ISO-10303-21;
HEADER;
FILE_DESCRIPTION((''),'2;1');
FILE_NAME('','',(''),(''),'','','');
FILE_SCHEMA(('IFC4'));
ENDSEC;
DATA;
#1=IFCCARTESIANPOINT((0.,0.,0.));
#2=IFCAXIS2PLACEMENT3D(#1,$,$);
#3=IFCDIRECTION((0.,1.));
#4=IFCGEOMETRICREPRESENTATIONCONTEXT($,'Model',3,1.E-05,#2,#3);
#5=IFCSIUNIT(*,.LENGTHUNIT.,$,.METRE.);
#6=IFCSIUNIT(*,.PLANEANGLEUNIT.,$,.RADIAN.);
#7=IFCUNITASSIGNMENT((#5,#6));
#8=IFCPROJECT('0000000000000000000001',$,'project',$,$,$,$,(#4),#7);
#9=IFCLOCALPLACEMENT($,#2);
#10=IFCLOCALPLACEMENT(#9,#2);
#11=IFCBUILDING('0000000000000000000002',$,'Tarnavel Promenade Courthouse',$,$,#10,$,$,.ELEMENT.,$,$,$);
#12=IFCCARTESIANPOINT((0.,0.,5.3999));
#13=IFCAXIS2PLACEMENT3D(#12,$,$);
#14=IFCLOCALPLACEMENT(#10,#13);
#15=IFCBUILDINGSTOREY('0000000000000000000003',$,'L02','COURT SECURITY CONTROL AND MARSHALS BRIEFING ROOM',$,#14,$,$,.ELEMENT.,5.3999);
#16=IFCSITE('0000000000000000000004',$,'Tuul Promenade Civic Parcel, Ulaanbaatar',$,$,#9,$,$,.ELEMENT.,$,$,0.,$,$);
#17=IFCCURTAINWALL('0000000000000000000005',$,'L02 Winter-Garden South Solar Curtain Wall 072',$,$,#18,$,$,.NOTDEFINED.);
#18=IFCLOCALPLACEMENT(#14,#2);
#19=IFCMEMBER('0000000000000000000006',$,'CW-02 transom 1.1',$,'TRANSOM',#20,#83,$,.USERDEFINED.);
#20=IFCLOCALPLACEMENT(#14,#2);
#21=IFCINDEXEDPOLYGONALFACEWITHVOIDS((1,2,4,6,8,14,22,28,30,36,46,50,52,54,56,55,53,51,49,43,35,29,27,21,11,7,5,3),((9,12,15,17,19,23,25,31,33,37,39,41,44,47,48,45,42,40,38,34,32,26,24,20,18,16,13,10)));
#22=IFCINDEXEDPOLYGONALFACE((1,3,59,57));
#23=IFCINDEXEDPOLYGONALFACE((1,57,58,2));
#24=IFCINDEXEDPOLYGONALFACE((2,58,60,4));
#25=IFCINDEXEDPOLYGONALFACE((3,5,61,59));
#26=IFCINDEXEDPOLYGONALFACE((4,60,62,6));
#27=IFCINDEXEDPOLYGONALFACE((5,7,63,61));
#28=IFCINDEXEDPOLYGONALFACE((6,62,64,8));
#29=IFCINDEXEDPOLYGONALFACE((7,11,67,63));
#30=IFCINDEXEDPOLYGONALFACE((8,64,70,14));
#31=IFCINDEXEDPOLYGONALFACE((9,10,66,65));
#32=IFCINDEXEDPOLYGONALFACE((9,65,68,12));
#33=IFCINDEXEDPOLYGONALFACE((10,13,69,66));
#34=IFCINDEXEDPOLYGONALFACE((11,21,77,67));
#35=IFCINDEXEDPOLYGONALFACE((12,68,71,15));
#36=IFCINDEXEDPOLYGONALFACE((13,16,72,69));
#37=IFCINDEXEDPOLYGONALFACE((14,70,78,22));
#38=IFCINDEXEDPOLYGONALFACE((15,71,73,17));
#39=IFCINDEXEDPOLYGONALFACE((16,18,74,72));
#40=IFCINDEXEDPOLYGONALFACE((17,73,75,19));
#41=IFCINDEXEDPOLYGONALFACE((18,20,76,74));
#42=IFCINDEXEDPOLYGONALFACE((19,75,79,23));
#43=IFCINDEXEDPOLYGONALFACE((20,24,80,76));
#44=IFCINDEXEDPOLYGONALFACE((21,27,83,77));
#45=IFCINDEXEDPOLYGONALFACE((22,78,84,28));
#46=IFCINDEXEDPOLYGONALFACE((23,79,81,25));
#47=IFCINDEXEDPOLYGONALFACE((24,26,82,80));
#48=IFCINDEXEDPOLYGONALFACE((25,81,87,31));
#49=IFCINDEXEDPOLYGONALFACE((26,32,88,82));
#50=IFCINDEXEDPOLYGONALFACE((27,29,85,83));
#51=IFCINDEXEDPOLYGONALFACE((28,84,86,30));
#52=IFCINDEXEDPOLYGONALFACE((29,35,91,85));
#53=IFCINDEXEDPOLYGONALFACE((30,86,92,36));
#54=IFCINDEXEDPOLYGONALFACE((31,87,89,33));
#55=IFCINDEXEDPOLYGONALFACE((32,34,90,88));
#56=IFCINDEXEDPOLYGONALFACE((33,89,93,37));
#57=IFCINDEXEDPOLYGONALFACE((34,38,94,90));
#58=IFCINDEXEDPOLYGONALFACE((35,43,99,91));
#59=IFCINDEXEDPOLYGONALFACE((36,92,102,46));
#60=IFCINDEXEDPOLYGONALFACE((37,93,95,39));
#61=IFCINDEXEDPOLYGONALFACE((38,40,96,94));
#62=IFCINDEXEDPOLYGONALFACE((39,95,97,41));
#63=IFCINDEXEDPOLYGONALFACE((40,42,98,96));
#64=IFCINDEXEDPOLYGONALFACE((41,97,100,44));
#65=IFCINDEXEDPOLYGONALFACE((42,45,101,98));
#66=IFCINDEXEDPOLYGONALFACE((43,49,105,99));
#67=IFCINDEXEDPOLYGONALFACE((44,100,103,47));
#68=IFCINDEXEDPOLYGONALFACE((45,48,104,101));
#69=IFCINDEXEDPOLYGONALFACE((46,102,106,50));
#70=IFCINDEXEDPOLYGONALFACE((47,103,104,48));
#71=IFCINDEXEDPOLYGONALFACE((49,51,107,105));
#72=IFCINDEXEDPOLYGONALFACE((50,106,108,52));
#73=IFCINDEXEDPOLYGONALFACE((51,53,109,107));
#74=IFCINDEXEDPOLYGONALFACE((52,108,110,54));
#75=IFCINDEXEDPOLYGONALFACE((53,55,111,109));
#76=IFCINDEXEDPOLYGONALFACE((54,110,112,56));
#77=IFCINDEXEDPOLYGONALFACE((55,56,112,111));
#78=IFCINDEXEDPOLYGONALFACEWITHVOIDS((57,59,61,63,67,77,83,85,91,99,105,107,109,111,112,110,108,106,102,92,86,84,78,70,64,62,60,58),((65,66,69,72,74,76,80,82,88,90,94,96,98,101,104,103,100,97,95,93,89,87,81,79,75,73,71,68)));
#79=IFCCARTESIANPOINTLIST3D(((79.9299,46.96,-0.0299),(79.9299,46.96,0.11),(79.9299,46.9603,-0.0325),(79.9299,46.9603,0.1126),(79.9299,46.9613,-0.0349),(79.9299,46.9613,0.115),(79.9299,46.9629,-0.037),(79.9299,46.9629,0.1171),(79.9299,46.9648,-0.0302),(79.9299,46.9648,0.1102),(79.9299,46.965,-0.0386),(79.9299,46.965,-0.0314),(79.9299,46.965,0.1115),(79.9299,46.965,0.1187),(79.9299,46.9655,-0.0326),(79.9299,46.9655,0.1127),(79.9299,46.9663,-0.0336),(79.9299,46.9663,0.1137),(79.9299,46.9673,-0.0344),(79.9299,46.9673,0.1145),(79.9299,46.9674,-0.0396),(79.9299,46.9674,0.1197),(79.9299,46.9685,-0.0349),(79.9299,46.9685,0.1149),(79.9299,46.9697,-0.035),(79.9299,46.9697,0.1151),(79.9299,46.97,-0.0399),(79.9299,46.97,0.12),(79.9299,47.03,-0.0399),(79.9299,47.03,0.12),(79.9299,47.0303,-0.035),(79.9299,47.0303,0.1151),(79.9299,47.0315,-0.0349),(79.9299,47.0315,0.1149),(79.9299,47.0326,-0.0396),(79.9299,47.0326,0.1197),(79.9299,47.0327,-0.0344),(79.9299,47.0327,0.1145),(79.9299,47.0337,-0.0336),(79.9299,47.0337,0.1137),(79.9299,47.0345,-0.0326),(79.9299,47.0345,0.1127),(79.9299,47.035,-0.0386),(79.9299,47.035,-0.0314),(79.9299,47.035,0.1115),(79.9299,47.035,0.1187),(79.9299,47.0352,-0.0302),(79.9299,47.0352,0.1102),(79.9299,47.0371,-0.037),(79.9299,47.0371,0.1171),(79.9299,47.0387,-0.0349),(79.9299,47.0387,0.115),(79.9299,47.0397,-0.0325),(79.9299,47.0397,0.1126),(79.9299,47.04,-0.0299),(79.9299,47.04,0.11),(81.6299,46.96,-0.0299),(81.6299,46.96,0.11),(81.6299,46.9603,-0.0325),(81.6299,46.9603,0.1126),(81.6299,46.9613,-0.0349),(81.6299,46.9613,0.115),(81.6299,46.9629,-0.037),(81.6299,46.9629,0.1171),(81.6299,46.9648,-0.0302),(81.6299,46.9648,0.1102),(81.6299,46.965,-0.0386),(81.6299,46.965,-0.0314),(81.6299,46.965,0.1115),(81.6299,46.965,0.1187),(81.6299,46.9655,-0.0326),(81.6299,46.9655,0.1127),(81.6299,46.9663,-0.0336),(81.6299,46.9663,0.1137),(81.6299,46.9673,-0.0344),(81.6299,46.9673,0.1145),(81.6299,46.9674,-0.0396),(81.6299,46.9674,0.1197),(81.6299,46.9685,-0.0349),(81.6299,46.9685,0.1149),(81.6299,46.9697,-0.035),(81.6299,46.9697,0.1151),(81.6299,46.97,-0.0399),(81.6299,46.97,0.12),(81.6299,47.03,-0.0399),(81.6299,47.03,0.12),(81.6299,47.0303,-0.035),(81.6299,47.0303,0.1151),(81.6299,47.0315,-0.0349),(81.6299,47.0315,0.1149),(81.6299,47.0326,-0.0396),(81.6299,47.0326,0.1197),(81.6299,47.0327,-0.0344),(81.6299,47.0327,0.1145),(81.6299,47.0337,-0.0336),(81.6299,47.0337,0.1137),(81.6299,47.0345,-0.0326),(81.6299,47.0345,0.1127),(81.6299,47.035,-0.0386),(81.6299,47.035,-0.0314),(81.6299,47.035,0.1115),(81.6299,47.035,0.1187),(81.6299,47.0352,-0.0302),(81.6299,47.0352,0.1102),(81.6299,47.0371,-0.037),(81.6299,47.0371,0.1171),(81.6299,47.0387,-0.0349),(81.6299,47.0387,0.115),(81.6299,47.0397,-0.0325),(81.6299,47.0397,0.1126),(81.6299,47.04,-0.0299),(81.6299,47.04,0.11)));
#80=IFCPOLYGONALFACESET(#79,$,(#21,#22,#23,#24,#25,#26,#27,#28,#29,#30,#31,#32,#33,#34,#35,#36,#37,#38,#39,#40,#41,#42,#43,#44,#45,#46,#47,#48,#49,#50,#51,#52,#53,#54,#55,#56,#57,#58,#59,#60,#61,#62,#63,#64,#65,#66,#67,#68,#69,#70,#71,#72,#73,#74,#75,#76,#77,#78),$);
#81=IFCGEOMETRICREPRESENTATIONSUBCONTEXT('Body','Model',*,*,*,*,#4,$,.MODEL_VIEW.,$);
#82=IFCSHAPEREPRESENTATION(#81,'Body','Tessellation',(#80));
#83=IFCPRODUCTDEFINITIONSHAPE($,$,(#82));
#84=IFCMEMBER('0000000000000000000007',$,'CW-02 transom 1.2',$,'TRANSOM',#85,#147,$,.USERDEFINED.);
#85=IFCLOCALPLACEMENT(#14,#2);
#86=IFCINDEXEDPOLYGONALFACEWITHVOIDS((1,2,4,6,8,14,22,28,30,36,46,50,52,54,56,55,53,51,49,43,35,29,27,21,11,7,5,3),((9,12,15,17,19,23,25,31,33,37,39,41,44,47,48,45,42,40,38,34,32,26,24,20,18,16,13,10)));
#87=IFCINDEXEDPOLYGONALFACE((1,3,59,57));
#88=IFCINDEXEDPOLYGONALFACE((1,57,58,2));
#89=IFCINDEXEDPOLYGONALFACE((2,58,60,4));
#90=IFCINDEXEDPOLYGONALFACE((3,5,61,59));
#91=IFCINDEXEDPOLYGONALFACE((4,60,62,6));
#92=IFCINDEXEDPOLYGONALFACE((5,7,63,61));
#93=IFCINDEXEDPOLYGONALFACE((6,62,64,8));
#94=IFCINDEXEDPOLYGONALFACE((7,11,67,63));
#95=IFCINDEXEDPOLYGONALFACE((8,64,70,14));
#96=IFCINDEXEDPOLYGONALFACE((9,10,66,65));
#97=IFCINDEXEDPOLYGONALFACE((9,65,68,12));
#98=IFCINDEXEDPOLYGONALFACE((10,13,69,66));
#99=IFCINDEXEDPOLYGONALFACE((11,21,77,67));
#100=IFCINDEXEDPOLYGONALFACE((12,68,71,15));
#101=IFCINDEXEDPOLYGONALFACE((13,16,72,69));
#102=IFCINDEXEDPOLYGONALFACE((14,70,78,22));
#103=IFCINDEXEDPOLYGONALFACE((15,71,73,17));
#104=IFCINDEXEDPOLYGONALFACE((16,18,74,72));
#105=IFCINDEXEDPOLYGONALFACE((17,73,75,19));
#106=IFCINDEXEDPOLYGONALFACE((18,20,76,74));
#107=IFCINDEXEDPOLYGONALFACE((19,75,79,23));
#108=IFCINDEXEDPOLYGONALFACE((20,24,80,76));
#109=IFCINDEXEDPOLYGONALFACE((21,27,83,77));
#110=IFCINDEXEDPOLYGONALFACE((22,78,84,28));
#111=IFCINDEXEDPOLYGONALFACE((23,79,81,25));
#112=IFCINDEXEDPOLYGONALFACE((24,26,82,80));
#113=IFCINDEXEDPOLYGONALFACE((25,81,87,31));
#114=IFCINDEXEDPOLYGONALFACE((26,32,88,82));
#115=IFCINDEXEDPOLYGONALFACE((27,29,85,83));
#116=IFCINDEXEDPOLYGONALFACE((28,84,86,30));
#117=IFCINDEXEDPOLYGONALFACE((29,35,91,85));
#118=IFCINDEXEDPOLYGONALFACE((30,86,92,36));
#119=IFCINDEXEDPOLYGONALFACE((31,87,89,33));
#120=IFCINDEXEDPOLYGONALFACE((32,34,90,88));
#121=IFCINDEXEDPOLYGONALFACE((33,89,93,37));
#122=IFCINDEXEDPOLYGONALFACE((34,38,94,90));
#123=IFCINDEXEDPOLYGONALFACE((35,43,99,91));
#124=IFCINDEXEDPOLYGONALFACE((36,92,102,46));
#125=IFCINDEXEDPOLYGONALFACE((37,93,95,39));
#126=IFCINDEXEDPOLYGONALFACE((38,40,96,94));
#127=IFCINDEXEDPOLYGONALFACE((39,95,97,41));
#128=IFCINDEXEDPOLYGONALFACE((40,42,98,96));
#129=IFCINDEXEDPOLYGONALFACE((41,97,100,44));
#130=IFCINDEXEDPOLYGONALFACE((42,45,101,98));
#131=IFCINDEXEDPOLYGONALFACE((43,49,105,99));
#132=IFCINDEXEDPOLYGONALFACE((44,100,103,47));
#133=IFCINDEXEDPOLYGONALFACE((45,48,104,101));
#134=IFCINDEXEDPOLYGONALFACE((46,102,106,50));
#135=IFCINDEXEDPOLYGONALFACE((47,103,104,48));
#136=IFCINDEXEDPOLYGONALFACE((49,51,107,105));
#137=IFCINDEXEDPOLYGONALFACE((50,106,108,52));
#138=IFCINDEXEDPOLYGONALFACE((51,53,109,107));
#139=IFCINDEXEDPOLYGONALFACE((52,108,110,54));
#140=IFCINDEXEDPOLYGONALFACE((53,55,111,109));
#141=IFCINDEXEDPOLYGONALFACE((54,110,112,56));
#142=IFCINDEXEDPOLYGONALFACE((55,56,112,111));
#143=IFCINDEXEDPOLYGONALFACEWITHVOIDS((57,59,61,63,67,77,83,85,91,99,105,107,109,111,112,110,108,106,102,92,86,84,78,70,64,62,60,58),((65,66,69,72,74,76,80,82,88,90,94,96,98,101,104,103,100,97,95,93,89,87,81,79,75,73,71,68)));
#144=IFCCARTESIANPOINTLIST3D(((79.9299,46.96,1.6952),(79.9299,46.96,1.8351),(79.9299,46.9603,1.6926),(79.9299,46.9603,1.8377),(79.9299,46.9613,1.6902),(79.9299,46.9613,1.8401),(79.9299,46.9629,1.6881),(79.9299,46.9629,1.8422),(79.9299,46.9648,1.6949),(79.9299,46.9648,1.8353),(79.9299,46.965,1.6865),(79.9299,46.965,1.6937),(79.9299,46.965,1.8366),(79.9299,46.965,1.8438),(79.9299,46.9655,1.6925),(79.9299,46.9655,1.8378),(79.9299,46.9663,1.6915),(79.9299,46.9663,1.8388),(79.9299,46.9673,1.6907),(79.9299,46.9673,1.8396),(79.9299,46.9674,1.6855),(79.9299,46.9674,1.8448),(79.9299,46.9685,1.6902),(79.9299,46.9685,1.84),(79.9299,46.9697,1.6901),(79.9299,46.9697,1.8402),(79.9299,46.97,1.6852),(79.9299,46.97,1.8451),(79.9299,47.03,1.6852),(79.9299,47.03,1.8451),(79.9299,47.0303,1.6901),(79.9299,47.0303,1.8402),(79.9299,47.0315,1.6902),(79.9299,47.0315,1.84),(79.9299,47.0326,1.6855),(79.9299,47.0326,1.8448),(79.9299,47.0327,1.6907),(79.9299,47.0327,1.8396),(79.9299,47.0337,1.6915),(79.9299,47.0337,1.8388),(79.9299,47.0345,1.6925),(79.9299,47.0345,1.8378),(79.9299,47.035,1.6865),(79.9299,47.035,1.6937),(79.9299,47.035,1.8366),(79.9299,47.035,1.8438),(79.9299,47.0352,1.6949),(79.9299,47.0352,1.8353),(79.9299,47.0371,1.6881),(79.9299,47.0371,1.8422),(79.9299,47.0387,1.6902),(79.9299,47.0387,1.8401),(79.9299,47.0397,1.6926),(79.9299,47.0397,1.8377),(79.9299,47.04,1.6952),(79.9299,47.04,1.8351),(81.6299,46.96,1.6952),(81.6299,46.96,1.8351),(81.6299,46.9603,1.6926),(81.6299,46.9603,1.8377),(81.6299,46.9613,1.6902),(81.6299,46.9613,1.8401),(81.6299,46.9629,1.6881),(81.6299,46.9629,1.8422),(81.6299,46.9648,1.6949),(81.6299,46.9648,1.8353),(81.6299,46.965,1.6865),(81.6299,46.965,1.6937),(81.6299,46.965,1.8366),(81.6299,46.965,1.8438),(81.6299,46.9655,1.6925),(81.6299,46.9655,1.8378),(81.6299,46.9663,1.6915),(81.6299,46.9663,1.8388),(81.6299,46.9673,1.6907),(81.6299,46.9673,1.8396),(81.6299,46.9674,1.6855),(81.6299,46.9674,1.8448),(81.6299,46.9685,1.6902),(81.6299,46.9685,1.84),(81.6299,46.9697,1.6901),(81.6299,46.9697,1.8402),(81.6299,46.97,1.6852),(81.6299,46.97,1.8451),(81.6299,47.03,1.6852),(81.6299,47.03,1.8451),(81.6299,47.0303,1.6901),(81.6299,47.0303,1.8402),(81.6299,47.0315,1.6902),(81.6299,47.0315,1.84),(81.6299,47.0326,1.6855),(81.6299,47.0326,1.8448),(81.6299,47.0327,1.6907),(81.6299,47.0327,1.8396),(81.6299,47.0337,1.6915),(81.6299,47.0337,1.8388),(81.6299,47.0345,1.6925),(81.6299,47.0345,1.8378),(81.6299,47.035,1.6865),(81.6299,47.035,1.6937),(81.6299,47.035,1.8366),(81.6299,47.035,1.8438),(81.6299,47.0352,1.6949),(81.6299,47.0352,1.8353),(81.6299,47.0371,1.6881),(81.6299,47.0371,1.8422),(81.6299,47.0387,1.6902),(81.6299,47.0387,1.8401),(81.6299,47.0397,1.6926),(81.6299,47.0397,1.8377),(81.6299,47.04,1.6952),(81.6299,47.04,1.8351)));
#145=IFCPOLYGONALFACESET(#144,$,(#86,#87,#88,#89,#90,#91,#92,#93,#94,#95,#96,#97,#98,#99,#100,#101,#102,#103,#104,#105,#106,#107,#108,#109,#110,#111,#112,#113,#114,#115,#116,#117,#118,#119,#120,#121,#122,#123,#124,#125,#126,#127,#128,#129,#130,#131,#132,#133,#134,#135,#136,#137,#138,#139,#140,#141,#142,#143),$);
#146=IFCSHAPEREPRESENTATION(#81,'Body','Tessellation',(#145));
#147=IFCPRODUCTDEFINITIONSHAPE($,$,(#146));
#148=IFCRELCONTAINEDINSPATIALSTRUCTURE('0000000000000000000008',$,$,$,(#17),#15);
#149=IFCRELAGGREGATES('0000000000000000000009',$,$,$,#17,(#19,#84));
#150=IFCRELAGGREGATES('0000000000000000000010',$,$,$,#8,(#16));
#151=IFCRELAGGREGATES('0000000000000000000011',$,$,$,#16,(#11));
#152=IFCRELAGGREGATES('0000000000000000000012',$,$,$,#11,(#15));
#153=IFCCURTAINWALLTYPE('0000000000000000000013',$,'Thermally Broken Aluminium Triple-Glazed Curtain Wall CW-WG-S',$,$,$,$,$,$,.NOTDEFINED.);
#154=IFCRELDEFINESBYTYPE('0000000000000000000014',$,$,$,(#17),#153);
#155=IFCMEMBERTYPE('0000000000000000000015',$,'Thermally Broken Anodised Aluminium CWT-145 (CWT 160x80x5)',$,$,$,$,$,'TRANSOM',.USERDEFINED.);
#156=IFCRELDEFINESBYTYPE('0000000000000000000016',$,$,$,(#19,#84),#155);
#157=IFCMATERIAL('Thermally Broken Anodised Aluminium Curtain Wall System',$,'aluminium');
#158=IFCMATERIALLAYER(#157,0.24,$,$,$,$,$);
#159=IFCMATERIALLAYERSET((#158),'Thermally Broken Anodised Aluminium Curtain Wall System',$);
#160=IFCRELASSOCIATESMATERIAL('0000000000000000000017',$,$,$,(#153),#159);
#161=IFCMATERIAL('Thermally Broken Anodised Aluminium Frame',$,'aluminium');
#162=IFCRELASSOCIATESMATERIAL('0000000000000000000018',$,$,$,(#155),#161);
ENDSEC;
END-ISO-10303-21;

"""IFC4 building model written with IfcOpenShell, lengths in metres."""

from ifc_helpers import new_model, si_unit, direction, frame, origin, origin_2d, place, context, subcontext, project, spatial, hollow_rectangle, extrude, material, layer, layer_set, material_profile, profile_set, type_object, element, aggregate, save


model = new_model("IFC4")

# Units and contexts
model_context = context("Model", 3, precision=1e-05, world=origin(), true_north=direction((0.0, 1.0)))
body_context = subcontext(model_context, "Body", "Model", "MODEL_VIEW")
ifc_project = project(units=[si_unit("LENGTHUNIT", "METRE"), si_unit("PLANEANGLEUNIT", "RADIAN")], contexts=[model_context])

# Site, building, storey
site_placement = place(None, origin())
site = spatial("IfcSite", under=ifc_project, at=site_placement, Name="Tuul Promenade Civic Parcel, Ulaanbaatar", CompositionType="ELEMENT", RefElevation=0.0)
building_placement = place(site_placement, origin())
building = spatial("IfcBuilding", under=site, at=building_placement, Name="Tarnavel Promenade Courthouse", CompositionType="ELEMENT")
storey_placement = place(building_placement, frame((0.0, 0.0, 5.3999)))
storey = spatial("IfcBuildingStorey", under=building, at=storey_placement, Name="L02", Description="COURT SECURITY CONTROL AND MARSHALS BRIEFING ROOM", CompositionType="ELEMENT", Elevation=5.3999)

# Curtain wall
ifc_material_1 = material(Name="Thermally Broken Anodised Aluminium Curtain Wall System", Category="aluminium")
ifc_layer_1 = layer(ifc_material_1, 0.24)
ifc_layer_set_1 = layer_set([ifc_layer_1], Name="Thermally Broken Anodised Aluminium Curtain Wall System")
curtain_wall_type = type_object("IfcCurtainWallType", Name="Thermally Broken Aluminium Triple-Glazed Curtain Wall CW-WG-S", PredefinedType="NOTDEFINED", material=ifc_layer_set_1)
ifc_material_2 = material(Name="Thermally Broken Anodised Aluminium Frame", Category="aluminium")
curtain_wall_1_placement = place(storey_placement, origin())
curtain_wall_1 = element("IfcCurtainWall", 1, at=curtain_wall_1_placement, inside=storey, type_object=curtain_wall_type, Name="L02 Winter-Garden South Solar Curtain Wall 072", PredefinedType="NOTDEFINED")

# Members
ifc_material_profile_1 = material_profile(ifc_material_2, hollow_rectangle(XDim=0.0801, YDim=0.1599, WallThickness=0.0049, InnerFilletRadius=0.0049, OuterFilletRadius=0.01, at=origin_2d()), Name="CWT 160x80x5")
ifc_profile_set_1 = profile_set([ifc_material_profile_1], Name="Thermally Broken Anodised Aluminium Frame")
member_type_1 = type_object("IfcMemberType", Name="Thermally Broken Anodised Aluminium CWT-145 (CWT 160x80x5)", ElementType="TRANSOM", PredefinedType="USERDEFINED", material=ifc_profile_set_1)
member_1_placement = place(storey_placement, frame((79.9299, 47.0, 0.04), z_axis=(1.0, 0.0, 0.0), x_axis=(0.0, 1.0, 0.0)))
member_1 = element("IfcMember", 2, at=member_1_placement, type_object=member_type_1, Name="CW-02 transom 1.1", ObjectType="TRANSOM", PredefinedType="USERDEFINED", context=body_context, shape_type="SweptSolid", body=[
    extrude(hollow_rectangle(XDim=0.0801, YDim=0.1599, WallThickness=0.0049, InnerFilletRadius=0.0049, OuterFilletRadius=0.01, at=origin_2d()), origin(), (0.0, 0.0, 1.0), 1.7),
])
member_2_placement = place(storey_placement, frame((79.9299, 47.0, 1.7651), z_axis=(1.0, 0.0, 0.0), x_axis=(0.0, 1.0, 0.0)))
member_2 = element("IfcMember", 3, at=member_2_placement, type_object=member_type_1, Name="CW-02 transom 1.2", ObjectType="TRANSOM", PredefinedType="USERDEFINED", context=body_context, shape_type="SweptSolid", body=[
    extrude(hollow_rectangle(XDim=0.0801, YDim=0.1599, WallThickness=0.0049, InnerFilletRadius=0.0049, OuterFilletRadius=0.01, at=origin_2d()), origin(), (0.0, 0.0, 1.0), 1.7),
])

aggregate(curtain_wall_1, [member_1, member_2])

save(model, "model.ifc")
